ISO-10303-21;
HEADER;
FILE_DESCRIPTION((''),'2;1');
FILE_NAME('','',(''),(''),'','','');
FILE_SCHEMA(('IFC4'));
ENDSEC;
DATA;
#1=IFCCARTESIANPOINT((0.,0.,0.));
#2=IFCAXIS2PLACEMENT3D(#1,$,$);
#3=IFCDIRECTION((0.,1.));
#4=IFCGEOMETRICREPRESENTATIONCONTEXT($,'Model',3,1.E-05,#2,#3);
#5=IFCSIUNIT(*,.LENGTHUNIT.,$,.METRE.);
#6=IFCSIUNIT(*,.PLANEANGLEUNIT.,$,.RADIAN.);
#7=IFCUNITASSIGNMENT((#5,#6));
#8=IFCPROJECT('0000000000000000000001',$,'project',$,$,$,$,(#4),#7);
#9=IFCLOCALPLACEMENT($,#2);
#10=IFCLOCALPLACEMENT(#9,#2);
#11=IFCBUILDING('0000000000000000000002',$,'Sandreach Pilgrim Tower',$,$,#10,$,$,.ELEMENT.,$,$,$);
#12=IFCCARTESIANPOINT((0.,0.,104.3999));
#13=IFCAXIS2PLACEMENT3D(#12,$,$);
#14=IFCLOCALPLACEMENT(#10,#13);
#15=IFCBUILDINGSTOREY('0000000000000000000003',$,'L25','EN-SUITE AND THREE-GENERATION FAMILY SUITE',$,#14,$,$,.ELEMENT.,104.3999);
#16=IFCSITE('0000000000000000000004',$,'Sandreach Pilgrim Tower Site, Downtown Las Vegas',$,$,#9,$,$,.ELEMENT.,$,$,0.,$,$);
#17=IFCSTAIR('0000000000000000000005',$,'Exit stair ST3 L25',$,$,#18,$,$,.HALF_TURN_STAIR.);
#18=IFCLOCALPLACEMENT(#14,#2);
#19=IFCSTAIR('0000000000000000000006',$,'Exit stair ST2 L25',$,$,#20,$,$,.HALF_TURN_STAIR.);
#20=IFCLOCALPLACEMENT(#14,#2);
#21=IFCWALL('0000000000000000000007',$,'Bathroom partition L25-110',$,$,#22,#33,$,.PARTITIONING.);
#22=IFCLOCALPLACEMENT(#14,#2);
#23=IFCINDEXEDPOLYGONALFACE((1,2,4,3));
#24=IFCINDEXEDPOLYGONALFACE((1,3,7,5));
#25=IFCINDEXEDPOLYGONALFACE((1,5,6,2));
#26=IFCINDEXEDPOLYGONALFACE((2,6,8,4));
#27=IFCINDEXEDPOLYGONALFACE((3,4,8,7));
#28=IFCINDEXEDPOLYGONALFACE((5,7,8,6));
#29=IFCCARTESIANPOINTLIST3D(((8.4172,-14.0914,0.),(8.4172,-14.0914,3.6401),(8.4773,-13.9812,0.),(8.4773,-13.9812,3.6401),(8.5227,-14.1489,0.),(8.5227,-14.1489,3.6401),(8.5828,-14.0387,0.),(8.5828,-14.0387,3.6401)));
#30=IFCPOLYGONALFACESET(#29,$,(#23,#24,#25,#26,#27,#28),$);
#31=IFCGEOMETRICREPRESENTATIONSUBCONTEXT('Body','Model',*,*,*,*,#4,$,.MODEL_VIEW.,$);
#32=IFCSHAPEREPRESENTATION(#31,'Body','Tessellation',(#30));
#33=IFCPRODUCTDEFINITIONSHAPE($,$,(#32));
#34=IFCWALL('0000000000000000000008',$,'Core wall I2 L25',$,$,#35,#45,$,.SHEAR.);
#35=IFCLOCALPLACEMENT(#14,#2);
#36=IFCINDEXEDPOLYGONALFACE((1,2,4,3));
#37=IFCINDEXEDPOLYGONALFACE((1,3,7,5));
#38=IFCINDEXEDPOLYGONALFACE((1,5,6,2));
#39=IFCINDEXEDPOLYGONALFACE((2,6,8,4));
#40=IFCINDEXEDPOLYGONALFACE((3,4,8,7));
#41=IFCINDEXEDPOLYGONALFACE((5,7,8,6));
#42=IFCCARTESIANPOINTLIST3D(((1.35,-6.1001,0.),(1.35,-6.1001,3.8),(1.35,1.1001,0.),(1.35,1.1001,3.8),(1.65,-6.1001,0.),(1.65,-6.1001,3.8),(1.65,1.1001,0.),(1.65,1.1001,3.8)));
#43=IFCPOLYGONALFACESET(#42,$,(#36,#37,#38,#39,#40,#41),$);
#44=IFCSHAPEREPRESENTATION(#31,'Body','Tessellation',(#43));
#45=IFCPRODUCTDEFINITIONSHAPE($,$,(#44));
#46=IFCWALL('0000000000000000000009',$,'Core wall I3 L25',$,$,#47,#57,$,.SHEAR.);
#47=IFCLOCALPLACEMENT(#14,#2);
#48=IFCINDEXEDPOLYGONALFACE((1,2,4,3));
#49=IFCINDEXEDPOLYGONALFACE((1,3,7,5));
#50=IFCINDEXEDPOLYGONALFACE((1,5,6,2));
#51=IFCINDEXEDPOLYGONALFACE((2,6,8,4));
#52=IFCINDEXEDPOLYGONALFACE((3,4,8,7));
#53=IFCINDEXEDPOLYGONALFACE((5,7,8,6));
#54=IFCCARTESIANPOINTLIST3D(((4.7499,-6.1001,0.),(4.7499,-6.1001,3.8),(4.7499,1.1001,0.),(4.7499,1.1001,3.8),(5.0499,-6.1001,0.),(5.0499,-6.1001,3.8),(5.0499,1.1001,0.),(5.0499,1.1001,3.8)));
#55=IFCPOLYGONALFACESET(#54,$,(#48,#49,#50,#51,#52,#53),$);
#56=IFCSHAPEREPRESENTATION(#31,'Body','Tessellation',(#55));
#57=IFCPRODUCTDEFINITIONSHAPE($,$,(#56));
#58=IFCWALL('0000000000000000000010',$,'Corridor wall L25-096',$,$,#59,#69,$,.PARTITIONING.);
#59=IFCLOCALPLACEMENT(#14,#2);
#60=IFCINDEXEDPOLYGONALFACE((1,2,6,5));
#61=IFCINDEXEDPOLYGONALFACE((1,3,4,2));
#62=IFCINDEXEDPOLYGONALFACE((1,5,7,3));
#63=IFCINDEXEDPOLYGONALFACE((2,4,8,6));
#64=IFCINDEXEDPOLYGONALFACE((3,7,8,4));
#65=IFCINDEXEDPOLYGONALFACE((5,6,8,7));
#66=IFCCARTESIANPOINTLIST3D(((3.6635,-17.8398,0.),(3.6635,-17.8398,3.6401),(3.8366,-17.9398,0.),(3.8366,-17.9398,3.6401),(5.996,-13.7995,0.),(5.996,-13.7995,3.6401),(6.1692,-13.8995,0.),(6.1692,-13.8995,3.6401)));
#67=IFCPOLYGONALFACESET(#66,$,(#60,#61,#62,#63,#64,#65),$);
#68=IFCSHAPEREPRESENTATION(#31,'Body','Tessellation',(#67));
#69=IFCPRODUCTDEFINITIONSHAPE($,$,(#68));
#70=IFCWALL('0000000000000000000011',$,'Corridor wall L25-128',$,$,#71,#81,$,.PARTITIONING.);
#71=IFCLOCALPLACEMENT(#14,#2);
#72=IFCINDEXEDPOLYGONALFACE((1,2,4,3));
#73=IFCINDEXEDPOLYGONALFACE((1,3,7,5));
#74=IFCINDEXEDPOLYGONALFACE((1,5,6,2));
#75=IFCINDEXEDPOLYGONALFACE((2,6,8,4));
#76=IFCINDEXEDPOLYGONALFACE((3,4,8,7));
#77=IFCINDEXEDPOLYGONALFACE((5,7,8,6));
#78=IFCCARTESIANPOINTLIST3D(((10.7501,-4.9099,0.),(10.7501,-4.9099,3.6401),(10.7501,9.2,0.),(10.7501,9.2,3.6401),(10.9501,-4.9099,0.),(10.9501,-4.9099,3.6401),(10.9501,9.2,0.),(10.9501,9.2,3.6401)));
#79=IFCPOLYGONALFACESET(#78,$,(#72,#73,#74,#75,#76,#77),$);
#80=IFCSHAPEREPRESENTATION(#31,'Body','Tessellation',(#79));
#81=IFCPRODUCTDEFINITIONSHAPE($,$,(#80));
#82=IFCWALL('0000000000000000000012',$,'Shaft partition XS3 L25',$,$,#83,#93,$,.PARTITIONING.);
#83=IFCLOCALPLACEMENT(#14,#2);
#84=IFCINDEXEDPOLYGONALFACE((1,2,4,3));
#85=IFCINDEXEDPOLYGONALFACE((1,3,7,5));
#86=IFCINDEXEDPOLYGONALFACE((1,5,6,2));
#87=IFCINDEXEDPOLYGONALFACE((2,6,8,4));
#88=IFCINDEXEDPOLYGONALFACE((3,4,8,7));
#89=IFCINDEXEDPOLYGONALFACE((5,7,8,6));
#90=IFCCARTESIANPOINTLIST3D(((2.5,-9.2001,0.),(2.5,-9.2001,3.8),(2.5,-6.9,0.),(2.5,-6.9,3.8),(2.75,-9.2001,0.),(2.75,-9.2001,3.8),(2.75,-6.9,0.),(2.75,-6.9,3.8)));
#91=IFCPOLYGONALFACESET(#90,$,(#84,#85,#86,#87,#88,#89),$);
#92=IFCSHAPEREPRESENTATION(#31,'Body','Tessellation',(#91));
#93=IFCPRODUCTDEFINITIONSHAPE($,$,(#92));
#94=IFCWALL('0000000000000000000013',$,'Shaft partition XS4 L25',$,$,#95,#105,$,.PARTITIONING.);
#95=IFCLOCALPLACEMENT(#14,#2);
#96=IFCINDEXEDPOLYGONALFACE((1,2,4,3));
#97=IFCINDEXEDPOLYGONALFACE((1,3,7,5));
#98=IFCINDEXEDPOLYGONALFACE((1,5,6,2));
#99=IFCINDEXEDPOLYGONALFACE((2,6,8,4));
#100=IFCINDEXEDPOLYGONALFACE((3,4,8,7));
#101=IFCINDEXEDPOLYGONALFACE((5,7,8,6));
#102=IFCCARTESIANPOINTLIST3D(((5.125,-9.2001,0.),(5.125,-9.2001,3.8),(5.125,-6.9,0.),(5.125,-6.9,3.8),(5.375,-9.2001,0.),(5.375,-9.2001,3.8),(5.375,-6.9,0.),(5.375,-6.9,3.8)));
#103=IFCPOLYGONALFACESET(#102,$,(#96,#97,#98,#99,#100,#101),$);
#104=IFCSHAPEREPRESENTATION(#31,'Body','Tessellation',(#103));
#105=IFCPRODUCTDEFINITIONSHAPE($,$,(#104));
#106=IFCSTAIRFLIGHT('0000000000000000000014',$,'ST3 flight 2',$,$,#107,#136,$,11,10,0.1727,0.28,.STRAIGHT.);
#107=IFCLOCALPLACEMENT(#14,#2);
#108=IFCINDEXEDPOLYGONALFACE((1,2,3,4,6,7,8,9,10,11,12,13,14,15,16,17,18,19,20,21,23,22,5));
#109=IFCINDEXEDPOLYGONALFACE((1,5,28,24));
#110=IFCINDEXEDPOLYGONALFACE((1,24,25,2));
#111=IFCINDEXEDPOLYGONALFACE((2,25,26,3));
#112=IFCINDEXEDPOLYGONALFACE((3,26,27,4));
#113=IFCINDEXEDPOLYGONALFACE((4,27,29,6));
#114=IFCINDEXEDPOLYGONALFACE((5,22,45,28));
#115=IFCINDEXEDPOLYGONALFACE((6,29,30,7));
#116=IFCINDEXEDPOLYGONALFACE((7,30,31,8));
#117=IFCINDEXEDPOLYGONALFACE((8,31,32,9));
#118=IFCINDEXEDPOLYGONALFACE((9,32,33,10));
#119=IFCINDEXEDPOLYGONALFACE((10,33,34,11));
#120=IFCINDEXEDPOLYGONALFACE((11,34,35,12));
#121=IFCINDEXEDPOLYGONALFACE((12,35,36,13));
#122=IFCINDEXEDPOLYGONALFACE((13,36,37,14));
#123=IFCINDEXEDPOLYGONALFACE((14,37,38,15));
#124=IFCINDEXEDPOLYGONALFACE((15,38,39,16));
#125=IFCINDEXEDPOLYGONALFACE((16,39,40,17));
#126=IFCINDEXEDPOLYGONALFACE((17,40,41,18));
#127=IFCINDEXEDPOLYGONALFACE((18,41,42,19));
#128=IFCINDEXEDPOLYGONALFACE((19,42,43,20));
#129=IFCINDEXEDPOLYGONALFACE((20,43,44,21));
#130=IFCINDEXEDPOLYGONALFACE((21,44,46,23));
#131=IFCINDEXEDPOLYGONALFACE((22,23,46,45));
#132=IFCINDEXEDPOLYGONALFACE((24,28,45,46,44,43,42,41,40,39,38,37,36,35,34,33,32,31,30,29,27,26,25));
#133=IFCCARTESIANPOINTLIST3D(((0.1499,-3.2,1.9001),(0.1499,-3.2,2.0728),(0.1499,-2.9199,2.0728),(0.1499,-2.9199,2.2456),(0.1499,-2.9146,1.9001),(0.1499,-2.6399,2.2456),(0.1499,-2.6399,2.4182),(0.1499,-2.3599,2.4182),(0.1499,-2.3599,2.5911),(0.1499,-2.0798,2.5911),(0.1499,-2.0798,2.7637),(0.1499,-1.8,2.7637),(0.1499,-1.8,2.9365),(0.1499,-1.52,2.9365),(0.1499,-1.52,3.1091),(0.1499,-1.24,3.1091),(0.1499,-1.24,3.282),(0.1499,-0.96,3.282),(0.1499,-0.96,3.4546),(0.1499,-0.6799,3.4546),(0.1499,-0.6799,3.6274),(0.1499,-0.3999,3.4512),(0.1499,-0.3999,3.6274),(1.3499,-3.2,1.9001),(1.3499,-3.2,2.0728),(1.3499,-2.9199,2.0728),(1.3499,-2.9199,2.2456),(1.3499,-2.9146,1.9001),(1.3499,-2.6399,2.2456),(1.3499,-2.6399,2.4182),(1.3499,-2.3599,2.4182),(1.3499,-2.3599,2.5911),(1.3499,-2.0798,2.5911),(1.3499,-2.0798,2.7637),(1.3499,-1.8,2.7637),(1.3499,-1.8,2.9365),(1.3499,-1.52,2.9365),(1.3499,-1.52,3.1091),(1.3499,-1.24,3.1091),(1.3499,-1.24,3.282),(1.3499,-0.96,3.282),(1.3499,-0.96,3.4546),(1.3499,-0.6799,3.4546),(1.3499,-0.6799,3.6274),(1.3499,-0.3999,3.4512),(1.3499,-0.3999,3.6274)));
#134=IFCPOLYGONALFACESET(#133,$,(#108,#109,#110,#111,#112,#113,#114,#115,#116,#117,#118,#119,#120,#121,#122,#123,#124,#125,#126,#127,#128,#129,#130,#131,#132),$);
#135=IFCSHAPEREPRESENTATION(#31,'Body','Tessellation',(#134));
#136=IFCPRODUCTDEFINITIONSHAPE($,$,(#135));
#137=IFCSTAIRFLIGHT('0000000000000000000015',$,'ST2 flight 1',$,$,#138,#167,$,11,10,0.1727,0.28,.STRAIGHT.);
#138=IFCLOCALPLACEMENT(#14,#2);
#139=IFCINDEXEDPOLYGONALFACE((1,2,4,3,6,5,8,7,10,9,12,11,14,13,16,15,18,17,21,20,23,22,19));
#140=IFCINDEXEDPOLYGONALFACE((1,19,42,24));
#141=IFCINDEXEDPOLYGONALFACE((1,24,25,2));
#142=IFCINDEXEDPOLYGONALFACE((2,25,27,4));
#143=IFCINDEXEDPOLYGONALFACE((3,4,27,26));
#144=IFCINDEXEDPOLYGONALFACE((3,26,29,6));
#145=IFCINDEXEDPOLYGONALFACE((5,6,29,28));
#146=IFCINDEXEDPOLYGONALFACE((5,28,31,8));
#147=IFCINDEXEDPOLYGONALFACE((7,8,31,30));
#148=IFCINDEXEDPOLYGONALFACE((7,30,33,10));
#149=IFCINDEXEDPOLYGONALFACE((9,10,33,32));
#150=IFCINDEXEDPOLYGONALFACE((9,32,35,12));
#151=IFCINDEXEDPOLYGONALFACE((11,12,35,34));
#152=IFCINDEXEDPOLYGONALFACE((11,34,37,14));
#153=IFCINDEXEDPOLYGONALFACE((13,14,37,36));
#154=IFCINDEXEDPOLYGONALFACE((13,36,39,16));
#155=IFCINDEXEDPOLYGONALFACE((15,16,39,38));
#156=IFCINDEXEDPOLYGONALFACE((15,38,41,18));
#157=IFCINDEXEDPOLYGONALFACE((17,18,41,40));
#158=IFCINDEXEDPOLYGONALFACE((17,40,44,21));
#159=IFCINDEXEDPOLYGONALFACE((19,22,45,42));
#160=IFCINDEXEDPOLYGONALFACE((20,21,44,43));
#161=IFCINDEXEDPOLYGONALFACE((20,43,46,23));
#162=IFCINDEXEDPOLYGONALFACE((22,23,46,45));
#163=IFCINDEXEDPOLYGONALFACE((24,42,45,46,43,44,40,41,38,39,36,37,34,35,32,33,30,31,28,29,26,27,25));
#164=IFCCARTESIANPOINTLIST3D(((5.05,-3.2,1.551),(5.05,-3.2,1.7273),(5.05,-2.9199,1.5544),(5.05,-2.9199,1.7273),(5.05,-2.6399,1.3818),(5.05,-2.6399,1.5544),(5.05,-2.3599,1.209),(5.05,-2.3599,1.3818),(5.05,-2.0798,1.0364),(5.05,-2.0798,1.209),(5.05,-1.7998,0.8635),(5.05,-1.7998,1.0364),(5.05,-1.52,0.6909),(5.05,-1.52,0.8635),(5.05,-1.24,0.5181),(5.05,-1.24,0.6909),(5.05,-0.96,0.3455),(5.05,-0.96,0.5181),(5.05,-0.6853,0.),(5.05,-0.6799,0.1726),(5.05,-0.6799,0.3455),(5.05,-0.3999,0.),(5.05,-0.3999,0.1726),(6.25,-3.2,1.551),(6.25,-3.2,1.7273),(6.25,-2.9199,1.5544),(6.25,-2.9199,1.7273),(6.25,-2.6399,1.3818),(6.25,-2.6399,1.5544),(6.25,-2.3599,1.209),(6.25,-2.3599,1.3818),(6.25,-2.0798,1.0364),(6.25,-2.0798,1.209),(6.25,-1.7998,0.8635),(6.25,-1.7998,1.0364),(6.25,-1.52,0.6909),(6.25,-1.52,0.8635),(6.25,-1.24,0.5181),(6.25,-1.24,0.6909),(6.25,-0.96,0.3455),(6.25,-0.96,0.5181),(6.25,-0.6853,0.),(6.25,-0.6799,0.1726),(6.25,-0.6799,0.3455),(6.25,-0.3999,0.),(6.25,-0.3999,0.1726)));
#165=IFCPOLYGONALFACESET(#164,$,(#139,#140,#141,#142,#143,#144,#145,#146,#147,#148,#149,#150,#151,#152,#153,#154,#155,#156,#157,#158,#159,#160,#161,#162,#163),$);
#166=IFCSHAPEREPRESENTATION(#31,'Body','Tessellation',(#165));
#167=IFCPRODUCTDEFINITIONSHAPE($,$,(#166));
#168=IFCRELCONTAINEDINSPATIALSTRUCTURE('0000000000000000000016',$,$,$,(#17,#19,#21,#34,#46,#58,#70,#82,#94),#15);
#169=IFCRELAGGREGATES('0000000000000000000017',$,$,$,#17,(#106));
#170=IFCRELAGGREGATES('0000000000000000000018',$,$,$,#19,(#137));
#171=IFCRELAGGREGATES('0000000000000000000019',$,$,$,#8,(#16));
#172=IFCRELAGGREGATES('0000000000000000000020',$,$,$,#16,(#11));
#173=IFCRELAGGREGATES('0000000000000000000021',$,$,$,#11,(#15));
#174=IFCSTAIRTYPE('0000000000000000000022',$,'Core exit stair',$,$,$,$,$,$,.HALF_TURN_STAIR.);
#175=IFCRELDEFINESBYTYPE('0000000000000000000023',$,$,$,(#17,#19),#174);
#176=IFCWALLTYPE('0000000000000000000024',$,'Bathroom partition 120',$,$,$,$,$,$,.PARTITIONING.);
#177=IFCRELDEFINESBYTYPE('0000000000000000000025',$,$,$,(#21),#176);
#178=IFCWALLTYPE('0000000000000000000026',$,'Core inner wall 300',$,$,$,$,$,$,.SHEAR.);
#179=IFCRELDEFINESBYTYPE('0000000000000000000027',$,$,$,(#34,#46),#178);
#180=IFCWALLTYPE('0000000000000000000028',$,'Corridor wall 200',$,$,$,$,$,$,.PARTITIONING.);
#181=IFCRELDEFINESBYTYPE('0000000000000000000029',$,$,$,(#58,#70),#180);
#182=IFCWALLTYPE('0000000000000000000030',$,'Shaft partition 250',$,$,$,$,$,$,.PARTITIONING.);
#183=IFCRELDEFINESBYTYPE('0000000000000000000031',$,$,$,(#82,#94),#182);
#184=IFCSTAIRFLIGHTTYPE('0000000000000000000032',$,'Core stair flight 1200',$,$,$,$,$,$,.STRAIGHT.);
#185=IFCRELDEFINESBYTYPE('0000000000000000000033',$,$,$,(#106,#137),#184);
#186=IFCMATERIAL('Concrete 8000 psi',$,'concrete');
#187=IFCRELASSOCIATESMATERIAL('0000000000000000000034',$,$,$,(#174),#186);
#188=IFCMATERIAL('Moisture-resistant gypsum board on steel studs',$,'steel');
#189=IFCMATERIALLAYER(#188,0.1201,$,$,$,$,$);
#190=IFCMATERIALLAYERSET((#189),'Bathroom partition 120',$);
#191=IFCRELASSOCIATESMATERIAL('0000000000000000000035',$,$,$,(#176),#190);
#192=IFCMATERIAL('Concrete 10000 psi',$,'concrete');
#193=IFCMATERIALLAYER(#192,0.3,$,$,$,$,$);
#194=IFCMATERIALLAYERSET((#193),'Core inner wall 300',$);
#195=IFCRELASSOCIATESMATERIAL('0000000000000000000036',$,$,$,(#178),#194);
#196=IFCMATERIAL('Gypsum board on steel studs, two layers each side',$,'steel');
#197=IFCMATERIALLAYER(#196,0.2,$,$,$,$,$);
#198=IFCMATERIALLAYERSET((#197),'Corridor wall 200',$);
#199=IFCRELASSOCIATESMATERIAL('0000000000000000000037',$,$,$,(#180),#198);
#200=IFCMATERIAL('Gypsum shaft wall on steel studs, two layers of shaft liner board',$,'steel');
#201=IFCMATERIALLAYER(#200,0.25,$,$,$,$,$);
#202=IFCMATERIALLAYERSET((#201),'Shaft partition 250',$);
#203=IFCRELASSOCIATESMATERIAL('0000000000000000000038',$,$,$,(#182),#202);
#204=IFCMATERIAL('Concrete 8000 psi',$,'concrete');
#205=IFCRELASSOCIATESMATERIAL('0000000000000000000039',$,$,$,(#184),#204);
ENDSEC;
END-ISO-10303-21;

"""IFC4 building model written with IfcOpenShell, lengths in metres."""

from ifc_helpers import new_model, si_unit, direction, frame, frame_2d, origin, place, context, subcontext, project, spatial, polyline, rectangle, outline, extrude, material, layer, layer_set, type_object, element, aggregate, save


model = new_model("IFC4")

# Units and contexts
model_context = context("Model", 3, precision=1e-05, world=origin(), true_north=direction((0.0, 1.0)))
body_context = subcontext(model_context, "Body", "Model", "MODEL_VIEW")
ifc_project = project(units=[si_unit("LENGTHUNIT", "METRE"), si_unit("PLANEANGLEUNIT", "RADIAN")], contexts=[model_context])

# Site, building, storey
site_placement = place(None, origin())
site = spatial("IfcSite", under=ifc_project, at=site_placement, Name="Sandreach Pilgrim Tower Site, Downtown Las Vegas", CompositionType="ELEMENT", RefElevation=0.0)
building_placement = place(site_placement, origin())
building = spatial("IfcBuilding", under=site, at=building_placement, Name="Sandreach Pilgrim Tower", CompositionType="ELEMENT")
storey_placement = place(building_placement, frame((0.0, 0.0, 104.3999)))
storey = spatial("IfcBuildingStorey", under=building, at=storey_placement, Name="L25", Description="EN-SUITE AND THREE-GENERATION FAMILY SUITE", CompositionType="ELEMENT", Elevation=104.3999)

# Stair
ifc_material_1 = material(Name="Concrete 8000 psi", Category="concrete")
stair_type = type_object("IfcStairType", Name="Core exit stair", PredefinedType="HALF_TURN_STAIR", material=ifc_material_1)
stair_1_placement = place(storey_placement, origin())
stair_1 = element("IfcStair", 1, at=stair_1_placement, inside=storey, type_object=stair_type, Name="Exit stair ST3 L25", PredefinedType="HALF_TURN_STAIR")

# Stair
stair_2_placement = place(storey_placement, origin())
stair_2 = element("IfcStair", 2, at=stair_2_placement, inside=storey, type_object=stair_type, Name="Exit stair ST2 L25", PredefinedType="HALF_TURN_STAIR")

# Walls
ifc_material_2 = material(Name="Moisture-resistant gypsum board on steel studs", Category="steel")
ifc_layer_1 = layer(ifc_material_2, 0.1201)
ifc_layer_set_1 = layer_set([ifc_layer_1], Name="Bathroom partition 120")
wall_type_1 = type_object("IfcWallType", Name="Bathroom partition 120", PredefinedType="PARTITIONING", material=ifc_layer_set_1)
wall_1_placement = place(storey_placement, frame((8.47, -14.1201, 0.0), z_axis=(0.0, 0.0, 1.0), x_axis=(0.478852, 0.877896, 0.0)))
element("IfcWall", 3, at=wall_1_placement, inside=storey, type_object=wall_type_1, Name="Bathroom partition L25-110", PredefinedType="PARTITIONING", context=body_context, shape_type="SweptSolid", body=[
    extrude(rectangle(XDim=0.1255, YDim=0.1201, at=frame_2d((0.0627, 0.0))), origin(), (0.0, 0.0, 1.0), 3.6401),
])
ifc_material_3 = material(Name="Concrete 10000 psi", Category="concrete")
ifc_layer_2 = layer(ifc_material_3, 0.3)
ifc_layer_set_2 = layer_set([ifc_layer_2], Name="Core inner wall 300")
wall_type_2 = type_object("IfcWallType", Name="Core inner wall 300", PredefinedType="SHEAR", material=ifc_layer_set_2)
for number, where, z_axis, x_axis, name in (
    (4, (1.5, -6.1001, 0.0), (0.0, 0.0, 1.0), (0.0, 1.0, 0.0), "Core wall I2 L25"),
    (5, (4.8999, -6.1001, 0.0), (0.0, 0.0, 1.0), (0.0, 1.0, 0.0), "Core wall I3 L25"),
):
    element("IfcWall", number, at=place(storey_placement, frame(where, z_axis=z_axis, x_axis=x_axis)), inside=storey, type_object=wall_type_2, Name=name, PredefinedType="SHEAR", context=body_context, shape_type="SweptSolid", body=[
        extrude(rectangle(XDim=7.2002, YDim=0.3, at=frame_2d((3.6001, 0.0))), origin(), (0.0, 0.0, 1.0), 3.8),
    ])

# Wall
ifc_material_4 = material(Name="Gypsum board on steel studs, two layers each side", Category="steel")
ifc_layer_3 = layer(ifc_material_4, 0.2)
ifc_layer_set_3 = layer_set([ifc_layer_3], Name="Corridor wall 200")
wall_type_3 = type_object("IfcWallType", Name="Corridor wall 200", PredefinedType="PARTITIONING", material=ifc_layer_set_3)
wall_2_placement = place(storey_placement, frame((6.0825, -13.8496, 0.0), z_axis=(0.0, 0.0, 1.0), x_axis=(-0.499978, -0.866038, 0.0)))
element("IfcWall", 6, at=wall_2_placement, inside=storey, type_object=wall_type_3, Name="Corridor wall L25-096", PredefinedType="PARTITIONING", context=body_context, shape_type="SweptSolid", body=[
    extrude(rectangle(XDim=4.6653, YDim=0.2, at=frame_2d((2.3325, 0.0))), origin(), (0.0, 0.0, 1.0), 3.6401),
])

# Walls
wall_3_placement = place(storey_placement, frame((10.8501, -4.9099, 0.0), z_axis=(0.0, 0.0, 1.0), x_axis=(0.0, 1.0, 0.0)))
element("IfcWall", 7, at=wall_3_placement, inside=storey, type_object=wall_type_3, Name="Corridor wall L25-128", PredefinedType="PARTITIONING", context=body_context, shape_type="SweptSolid", body=[
    extrude(rectangle(XDim=14.1099, YDim=0.2, at=frame_2d((7.0549, 0.0))), origin(), (0.0, 0.0, 1.0), 3.6401),
])
ifc_material_5 = material(Name="Gypsum shaft wall on steel studs, two layers of shaft liner board", Category="steel")
ifc_layer_4 = layer(ifc_material_5, 0.25)
ifc_layer_set_4 = layer_set([ifc_layer_4], Name="Shaft partition 250")
wall_type_4 = type_object("IfcWallType", Name="Shaft partition 250", PredefinedType="PARTITIONING", material=ifc_layer_set_4)
for number, where, z_axis, x_axis, name in (
    (8, (2.625, -9.2, 0.0), (0.0, 0.0, 1.0), (0.0, 1.0, 0.0), "Shaft partition XS3 L25"),
    (9, (5.25, -9.2, 0.0), (0.0, 0.0, 1.0), (0.0, 1.0, 0.0), "Shaft partition XS4 L25"),
):
    element("IfcWall", number, at=place(storey_placement, frame(where, z_axis=z_axis, x_axis=x_axis)), inside=storey, type_object=wall_type_4, Name=name, PredefinedType="PARTITIONING", context=body_context, shape_type="SweptSolid", body=[
        extrude(rectangle(XDim=2.3, YDim=0.25, at=frame_2d((1.1499, 0.0))), origin(), (0.0, 0.0, 1.0), 3.8),
    ])

# Stair flights
ifc_material_6 = material(Name="Concrete 8000 psi", Category="concrete")
stair_flight_type = type_object("IfcStairFlightType", Name="Core stair flight 1200", PredefinedType="STRAIGHT", material=ifc_material_6)
stair_flight_1_placement = place(storey_placement, frame((0.75, -3.2, 1.9001), z_axis=(0.0, 0.0, 1.0), x_axis=(0.0, 1.0, 0.0)))
stair_flight_1 = element("IfcStairFlight", 10, at=stair_flight_1_placement, type_object=stair_flight_type, Name="ST3 flight 2", NumberOfRisers=11, NumberOfTreads=10, PredefinedType="STRAIGHT", RiserHeight=0.1727, TreadLength=0.28, context=body_context, shape_type="SweptSolid", body=[
    extrude(outline(polyline([(0.0, 0.0), (0.0, 0.1726), (0.28, 0.1726), (0.28, 0.3455), (0.5601, 0.3455), (0.5601, 0.5181), (0.8401, 0.5181), (0.8401, 0.6909), (1.1201, 0.6909), (1.1201, 0.8635), (1.3999, 0.8635), (1.3999, 1.0364), (1.6799, 1.0364), (1.6799, 1.209), (1.96, 1.209), (1.96, 1.3818), (2.24, 1.3818), (2.24, 1.5544), (2.52, 1.5544), (2.52, 1.7273), (2.8, 1.7273), (2.8, 1.8999), (2.8, 1.551), (0.2854, 0.0), (0.0, 0.0)])), frame((0.0, 0.6001, 0.0), z_axis=(0.0, -1.0, 0.0), x_axis=(1.0, 0.0, 0.0)), (0.0, 0.0, 1.0), 1.2),
])
aggregate(stair_1, [stair_flight_1])
stair_flight_2_placement = place(storey_placement, frame((5.6499, -0.3999, 0.0), z_axis=(0.0, 0.0, 1.0), x_axis=(0.0, -1.0, 0.0)))
stair_flight_2 = element("IfcStairFlight", 11, at=stair_flight_2_placement, type_object=stair_flight_type, Name="ST2 flight 1", NumberOfRisers=11, NumberOfTreads=10, PredefinedType="STRAIGHT", RiserHeight=0.1727, TreadLength=0.28, context=body_context, shape_type="SweptSolid", body=[
    extrude(outline(polyline([(0.0, 0.0), (0.0, 0.1726), (0.28, 0.1726), (0.28, 0.3455), (0.5601, 0.3455), (0.5601, 0.5181), (0.8401, 0.5181), (0.8401, 0.6909), (1.1201, 0.6909), (1.1201, 0.8635), (1.3999, 0.8635), (1.3999, 1.0364), (1.6799, 1.0364), (1.6799, 1.209), (1.96, 1.209), (1.96, 1.3818), (2.24, 1.3818), (2.24, 1.5544), (2.52, 1.5544), (2.52, 1.7273), (2.8, 1.7273), (2.8, 1.8999), (2.8, 1.551), (0.2854, 0.0), (0.0, 0.0)])), frame((0.0, 0.6001, 0.0), z_axis=(0.0, -1.0, 0.0), x_axis=(1.0, 0.0, 0.0)), (0.0, 0.0, 1.0), 1.2),
])
aggregate(stair_2, [stair_flight_2])

save(model, "model.ifc")
